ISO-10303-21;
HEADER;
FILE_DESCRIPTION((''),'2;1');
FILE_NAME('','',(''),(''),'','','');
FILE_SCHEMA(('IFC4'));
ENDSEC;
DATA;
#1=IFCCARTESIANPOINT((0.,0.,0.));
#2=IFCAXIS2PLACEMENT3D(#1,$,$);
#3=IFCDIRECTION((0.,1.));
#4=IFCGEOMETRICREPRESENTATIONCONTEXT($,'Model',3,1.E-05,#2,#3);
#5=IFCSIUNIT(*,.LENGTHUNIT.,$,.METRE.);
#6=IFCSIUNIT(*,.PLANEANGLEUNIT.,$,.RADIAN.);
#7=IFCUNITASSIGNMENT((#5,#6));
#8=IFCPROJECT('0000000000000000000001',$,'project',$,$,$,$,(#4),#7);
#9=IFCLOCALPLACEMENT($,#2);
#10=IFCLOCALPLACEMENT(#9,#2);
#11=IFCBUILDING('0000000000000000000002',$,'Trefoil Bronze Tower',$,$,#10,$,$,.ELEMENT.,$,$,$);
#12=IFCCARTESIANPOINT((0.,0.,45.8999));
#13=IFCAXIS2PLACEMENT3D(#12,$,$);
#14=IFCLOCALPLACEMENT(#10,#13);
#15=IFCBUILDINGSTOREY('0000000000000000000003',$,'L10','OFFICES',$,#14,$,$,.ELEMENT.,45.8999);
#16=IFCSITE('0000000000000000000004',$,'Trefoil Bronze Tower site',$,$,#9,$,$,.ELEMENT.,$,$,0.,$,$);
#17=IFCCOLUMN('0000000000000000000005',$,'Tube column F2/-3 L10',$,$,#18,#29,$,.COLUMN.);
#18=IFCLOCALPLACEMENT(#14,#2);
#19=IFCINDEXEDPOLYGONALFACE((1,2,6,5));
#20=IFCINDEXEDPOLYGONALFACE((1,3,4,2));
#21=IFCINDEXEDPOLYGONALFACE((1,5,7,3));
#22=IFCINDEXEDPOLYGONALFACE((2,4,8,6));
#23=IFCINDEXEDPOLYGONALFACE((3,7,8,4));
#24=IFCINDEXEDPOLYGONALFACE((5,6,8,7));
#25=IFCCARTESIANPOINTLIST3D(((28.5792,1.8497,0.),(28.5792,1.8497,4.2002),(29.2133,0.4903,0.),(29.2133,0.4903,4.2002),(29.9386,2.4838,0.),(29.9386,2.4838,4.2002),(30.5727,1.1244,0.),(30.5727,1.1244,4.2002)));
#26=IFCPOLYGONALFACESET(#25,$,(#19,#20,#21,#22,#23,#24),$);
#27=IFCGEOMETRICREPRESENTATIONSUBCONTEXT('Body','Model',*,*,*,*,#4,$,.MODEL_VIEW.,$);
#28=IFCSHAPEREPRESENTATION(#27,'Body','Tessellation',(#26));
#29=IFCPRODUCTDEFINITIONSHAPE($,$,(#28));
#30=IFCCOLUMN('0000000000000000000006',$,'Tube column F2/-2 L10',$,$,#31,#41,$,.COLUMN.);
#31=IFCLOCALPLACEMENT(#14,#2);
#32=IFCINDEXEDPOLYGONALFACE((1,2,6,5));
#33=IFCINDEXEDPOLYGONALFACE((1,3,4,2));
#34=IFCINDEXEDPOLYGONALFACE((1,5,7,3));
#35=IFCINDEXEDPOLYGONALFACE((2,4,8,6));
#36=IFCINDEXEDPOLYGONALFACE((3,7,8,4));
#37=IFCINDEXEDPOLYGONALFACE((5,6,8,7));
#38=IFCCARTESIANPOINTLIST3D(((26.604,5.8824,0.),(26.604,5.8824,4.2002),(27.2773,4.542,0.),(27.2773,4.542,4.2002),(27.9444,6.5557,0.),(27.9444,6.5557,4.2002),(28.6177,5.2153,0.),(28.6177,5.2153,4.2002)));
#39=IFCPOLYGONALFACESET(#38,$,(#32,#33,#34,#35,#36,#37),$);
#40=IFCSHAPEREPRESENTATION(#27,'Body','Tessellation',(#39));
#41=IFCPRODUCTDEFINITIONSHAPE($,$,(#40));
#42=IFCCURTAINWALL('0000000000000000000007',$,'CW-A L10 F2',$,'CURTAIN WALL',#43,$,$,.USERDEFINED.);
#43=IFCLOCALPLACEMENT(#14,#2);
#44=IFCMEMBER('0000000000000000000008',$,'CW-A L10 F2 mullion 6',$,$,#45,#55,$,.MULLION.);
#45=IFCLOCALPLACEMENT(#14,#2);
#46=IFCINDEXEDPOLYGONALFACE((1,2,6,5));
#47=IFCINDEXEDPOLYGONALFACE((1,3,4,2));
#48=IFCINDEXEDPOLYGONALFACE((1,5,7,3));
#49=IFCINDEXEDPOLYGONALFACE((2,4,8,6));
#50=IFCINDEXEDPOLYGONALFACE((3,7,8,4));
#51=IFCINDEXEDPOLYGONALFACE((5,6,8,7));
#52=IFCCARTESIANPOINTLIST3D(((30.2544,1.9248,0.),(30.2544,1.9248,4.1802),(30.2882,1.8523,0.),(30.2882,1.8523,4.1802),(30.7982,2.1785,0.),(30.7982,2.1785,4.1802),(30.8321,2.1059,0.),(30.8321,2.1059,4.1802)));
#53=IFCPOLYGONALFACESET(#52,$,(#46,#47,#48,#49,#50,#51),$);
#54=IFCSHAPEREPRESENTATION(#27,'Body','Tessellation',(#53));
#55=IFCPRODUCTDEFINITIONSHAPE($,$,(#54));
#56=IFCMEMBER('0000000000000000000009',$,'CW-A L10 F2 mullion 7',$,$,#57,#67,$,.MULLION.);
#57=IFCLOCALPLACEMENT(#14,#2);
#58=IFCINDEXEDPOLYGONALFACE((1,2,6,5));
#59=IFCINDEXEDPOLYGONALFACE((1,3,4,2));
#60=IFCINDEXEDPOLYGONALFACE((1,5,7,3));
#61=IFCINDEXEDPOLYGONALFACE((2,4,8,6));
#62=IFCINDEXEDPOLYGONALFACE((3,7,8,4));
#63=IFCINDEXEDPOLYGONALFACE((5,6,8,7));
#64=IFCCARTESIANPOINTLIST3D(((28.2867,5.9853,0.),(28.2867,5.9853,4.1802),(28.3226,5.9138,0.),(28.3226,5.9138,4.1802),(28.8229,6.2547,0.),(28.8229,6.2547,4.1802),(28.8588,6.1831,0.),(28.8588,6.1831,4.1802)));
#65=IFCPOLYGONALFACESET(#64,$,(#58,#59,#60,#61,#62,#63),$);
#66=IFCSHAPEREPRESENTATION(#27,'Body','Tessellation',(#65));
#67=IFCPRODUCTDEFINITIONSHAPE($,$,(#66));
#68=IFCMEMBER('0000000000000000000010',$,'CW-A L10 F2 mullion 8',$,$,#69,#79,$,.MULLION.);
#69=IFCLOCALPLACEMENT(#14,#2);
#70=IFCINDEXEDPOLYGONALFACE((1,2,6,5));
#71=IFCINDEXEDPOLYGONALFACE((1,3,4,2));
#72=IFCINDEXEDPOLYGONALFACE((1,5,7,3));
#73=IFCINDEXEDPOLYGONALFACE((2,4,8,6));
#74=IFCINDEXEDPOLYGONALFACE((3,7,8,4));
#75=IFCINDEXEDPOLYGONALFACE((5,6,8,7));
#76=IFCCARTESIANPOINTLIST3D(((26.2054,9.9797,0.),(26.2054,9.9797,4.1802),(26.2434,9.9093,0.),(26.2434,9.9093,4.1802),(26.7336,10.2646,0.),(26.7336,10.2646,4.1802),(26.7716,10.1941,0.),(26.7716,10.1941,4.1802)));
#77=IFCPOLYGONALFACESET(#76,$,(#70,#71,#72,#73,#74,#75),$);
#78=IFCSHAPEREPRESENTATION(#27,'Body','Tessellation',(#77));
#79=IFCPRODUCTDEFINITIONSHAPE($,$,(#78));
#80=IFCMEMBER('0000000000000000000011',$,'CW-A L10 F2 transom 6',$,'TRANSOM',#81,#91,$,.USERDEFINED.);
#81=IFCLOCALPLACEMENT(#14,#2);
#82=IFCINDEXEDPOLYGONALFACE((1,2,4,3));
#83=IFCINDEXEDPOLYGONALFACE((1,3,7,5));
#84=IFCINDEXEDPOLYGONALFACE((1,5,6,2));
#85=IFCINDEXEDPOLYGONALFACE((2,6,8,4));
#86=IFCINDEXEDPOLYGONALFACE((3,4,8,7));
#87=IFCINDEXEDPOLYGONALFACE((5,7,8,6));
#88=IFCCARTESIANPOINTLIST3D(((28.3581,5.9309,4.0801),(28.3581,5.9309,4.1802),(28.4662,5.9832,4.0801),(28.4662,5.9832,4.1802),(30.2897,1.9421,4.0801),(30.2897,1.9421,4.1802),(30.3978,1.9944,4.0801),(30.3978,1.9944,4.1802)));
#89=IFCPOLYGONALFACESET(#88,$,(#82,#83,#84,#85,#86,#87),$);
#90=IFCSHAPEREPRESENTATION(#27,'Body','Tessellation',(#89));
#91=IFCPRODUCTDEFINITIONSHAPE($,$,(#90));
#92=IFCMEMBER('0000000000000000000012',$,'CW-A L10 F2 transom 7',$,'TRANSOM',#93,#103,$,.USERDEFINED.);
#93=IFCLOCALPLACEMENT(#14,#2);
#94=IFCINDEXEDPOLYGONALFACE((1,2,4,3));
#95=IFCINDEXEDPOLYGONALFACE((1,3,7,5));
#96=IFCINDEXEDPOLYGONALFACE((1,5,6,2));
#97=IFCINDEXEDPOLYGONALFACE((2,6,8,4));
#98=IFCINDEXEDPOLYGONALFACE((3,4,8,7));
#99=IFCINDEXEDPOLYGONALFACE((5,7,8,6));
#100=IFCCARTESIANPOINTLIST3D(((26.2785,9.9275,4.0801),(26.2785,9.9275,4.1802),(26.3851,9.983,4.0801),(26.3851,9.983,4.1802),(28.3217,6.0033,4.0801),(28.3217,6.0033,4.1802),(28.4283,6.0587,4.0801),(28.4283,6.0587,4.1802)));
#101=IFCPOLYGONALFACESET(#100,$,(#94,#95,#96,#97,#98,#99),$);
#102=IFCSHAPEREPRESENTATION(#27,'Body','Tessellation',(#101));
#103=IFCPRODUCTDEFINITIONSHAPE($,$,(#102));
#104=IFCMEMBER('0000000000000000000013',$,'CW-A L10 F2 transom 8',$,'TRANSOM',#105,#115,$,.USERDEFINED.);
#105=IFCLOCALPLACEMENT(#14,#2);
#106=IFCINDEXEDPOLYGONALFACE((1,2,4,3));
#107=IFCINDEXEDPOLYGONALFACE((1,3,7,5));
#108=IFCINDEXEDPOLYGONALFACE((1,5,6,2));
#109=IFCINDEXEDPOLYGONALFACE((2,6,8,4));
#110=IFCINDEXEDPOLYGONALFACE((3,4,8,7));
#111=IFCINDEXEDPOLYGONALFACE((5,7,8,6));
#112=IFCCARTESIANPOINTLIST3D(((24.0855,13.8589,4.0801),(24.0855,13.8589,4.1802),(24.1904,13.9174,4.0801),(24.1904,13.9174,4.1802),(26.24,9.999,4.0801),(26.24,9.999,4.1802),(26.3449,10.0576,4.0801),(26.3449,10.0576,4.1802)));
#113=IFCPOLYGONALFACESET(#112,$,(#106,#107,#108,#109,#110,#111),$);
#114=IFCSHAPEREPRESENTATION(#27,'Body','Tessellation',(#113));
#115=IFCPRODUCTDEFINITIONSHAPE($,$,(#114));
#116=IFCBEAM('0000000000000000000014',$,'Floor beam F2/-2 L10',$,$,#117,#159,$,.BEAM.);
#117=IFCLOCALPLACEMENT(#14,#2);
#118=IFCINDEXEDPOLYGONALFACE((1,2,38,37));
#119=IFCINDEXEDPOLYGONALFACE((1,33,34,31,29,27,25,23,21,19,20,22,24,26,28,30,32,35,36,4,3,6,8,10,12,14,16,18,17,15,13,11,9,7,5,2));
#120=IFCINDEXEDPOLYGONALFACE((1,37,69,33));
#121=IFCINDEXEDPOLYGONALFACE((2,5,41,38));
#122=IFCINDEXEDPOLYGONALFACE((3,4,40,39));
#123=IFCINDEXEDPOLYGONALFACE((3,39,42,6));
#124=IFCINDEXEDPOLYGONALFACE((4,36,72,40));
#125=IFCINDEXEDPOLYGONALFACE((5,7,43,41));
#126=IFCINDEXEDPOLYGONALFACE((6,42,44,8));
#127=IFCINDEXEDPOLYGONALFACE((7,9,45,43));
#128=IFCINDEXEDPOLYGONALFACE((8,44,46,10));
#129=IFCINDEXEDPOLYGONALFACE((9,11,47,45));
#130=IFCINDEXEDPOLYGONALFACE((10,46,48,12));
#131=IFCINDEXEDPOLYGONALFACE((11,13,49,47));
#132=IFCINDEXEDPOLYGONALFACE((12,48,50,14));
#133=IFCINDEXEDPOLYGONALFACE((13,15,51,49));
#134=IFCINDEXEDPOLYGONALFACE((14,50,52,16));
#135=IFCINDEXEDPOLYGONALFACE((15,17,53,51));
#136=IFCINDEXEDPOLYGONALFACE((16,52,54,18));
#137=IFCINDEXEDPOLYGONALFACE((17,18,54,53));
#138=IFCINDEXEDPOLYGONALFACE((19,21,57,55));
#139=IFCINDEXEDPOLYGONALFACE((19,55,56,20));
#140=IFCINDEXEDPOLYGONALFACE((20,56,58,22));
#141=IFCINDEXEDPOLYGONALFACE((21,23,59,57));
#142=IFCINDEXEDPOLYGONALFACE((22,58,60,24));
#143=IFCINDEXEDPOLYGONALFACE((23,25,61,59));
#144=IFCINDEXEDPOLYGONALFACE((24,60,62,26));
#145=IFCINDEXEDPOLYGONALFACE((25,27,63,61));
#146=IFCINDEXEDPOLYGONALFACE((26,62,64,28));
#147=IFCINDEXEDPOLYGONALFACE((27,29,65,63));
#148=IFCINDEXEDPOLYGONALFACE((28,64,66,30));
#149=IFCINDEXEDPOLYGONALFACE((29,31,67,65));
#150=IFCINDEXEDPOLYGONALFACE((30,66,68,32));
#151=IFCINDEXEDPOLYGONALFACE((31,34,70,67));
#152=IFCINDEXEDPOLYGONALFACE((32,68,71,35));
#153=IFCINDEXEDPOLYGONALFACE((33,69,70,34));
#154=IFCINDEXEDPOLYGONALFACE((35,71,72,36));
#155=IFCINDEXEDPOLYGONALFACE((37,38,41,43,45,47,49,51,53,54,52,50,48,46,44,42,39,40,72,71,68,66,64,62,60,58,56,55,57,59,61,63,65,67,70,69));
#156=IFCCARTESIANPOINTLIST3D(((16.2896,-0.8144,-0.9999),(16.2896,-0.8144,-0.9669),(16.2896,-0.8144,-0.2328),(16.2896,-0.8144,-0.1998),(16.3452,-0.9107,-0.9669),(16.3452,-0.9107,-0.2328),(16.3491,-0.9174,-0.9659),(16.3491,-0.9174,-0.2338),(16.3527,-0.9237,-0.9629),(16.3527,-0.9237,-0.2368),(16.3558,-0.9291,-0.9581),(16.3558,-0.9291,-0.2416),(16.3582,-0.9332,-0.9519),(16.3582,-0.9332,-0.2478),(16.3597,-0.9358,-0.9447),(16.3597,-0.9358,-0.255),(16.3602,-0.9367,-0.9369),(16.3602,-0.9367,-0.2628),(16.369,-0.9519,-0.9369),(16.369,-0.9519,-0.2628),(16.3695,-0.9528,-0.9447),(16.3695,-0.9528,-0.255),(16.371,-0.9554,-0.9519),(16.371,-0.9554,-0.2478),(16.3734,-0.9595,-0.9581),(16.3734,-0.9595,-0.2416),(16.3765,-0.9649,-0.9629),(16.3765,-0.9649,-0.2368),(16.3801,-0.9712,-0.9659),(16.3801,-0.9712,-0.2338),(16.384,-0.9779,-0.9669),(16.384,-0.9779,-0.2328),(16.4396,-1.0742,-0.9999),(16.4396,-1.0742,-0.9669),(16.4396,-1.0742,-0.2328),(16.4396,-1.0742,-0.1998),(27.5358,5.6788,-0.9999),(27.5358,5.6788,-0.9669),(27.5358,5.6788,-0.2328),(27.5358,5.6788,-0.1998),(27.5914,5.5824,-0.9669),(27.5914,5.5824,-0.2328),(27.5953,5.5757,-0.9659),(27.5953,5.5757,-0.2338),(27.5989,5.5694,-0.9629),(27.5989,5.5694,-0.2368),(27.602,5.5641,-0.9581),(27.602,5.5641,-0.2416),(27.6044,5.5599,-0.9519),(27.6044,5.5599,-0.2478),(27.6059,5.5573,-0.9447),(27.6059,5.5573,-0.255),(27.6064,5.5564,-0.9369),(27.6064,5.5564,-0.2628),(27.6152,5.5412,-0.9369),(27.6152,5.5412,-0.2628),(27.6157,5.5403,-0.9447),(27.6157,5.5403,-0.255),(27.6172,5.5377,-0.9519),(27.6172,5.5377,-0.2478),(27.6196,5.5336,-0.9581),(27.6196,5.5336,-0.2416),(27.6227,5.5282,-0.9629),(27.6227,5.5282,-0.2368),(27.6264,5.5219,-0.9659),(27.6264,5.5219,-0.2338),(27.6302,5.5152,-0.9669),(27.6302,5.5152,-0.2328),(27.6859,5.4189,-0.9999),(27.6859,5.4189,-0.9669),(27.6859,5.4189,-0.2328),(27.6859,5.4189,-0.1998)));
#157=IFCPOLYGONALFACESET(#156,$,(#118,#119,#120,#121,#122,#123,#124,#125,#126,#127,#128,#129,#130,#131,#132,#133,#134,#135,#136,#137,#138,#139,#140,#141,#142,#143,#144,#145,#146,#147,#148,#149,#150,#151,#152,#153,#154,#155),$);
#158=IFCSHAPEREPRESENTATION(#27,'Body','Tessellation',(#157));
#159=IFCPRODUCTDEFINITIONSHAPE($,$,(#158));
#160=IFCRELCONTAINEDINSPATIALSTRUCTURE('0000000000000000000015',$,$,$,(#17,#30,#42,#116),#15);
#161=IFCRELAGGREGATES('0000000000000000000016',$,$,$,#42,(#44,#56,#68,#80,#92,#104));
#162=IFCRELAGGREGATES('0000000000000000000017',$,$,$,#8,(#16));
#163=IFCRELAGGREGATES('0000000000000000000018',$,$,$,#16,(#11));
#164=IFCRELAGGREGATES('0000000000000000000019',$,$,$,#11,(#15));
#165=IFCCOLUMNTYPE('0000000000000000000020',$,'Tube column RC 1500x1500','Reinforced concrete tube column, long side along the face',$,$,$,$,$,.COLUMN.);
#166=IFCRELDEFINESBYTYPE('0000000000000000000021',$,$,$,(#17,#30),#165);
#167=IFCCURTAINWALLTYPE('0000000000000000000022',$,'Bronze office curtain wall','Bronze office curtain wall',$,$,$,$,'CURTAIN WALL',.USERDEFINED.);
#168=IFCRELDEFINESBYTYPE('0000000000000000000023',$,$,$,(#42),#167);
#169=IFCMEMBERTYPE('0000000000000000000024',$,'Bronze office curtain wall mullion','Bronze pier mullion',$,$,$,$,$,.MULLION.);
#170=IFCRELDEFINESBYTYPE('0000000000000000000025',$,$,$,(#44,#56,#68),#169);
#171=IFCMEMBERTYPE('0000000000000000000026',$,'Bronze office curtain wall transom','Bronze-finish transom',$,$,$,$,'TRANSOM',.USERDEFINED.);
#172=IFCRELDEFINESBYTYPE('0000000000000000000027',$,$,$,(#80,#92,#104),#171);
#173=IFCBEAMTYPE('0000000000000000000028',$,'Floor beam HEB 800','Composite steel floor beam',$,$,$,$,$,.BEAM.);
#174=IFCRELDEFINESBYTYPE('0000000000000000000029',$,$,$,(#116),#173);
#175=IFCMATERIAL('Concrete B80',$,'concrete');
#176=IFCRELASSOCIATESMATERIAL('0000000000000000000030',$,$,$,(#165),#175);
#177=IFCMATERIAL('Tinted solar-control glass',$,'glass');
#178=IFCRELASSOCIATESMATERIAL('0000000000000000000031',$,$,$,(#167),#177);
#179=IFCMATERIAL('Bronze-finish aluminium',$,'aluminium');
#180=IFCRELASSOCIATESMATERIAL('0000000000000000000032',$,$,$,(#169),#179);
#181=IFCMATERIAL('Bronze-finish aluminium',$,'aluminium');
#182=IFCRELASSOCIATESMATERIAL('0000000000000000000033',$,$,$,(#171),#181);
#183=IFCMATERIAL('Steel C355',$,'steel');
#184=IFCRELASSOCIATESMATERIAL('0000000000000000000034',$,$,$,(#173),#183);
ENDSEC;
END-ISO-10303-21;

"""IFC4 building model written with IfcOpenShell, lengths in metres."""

from ifc_helpers import new_model, si_unit, direction, frame, origin, origin_2d, place, context, subcontext, project, spatial, rectangle, i_section, extrude, material, material_profile, profile_set, type_object, element, aggregate, save


model = new_model("IFC4")

# Units and contexts
model_context = context("Model", 3, precision=1e-05, world=origin(), true_north=direction((0.0, 1.0)))
body_context = subcontext(model_context, "Body", "Model", "MODEL_VIEW")
ifc_project = project(units=[si_unit("LENGTHUNIT", "METRE"), si_unit("PLANEANGLEUNIT", "RADIAN")], contexts=[model_context])

# Site, building, storey
site_placement = place(None, origin())
site = spatial("IfcSite", under=ifc_project, at=site_placement, Name="Trefoil Bronze Tower site", CompositionType="ELEMENT", RefElevation=0.0)
building_placement = place(site_placement, origin())
building = spatial("IfcBuilding", under=site, at=building_placement, Name="Trefoil Bronze Tower", CompositionType="ELEMENT")
storey_placement = place(building_placement, frame((0.0, 0.0, 45.8999)))
storey = spatial("IfcBuildingStorey", under=building, at=storey_placement, Name="L10", Description="OFFICES", CompositionType="ELEMENT", Elevation=45.8999)

# Columns
ifc_material_1 = material(Name="Concrete B80", Category="concrete")
ifc_material_profile_1 = material_profile(ifc_material_1, rectangle(XDim=1.5, YDim=1.5, at=origin_2d()), Name="RC 1500x1500")
ifc_profile_set_1 = profile_set([ifc_material_profile_1], Name="Concrete B80")
column_type = type_object("IfcColumnType", Name="Tube column RC 1500x1500", Description="Reinforced concrete tube column, long side along the face", PredefinedType="COLUMN", material=ifc_profile_set_1)
for number, where, z_axis, x_axis, name in (
    (1, (29.5759, 1.4871, 0.0), (0.0, 0.0, 1.0), (-0.422701, 0.906269, 0.0), "Tube column F2/-3 L10"),
    (2, (27.6108, 5.5488, 0.0), (0.0, 0.0, 1.0), (-0.44889, 0.893587, 0.0), "Tube column F2/-2 L10"),
):
    element("IfcColumn", number, at=place(storey_placement, frame(where, z_axis=z_axis, x_axis=x_axis)), inside=storey, type_object=column_type, Name=name, PredefinedType="COLUMN", context=body_context, shape_type="SweptSolid", body=[
        extrude(rectangle(XDim=1.5, YDim=1.5, at=origin_2d()), origin(), (0.0, 0.0, 1.0), 4.2002),
    ])

# Curtain wall, members
ifc_material_2 = material(Name="Tinted solar-control glass", Category="glass")
curtain_wall_type = type_object("IfcCurtainWallType", Name="Bronze office curtain wall", Description="Bronze office curtain wall", ElementType="CURTAIN WALL", PredefinedType="USERDEFINED", material=ifc_material_2)
curtain_wall_placement = place(storey_placement, origin())
curtain_wall = element("IfcCurtainWall", 3, at=curtain_wall_placement, inside=storey, type_object=curtain_wall_type, Name="CW-A L10 F2", ObjectType="CURTAIN WALL", PredefinedType="USERDEFINED")
ifc_material_3 = material(Name="Bronze-finish aluminium", Category="aluminium")
ifc_material_profile_2 = material_profile(ifc_material_3, rectangle(XDim=0.6001, YDim=0.0801, at=origin_2d()), Name="CW-A mullion")
ifc_profile_set_2 = profile_set([ifc_material_profile_2], Name="Bronze-finish aluminium")
member_type_1 = type_object("IfcMemberType", Name="Bronze office curtain wall mullion", Description="Bronze pier mullion", PredefinedType="MULLION", material=ifc_profile_set_2)
member_1_placement = place(storey_placement, frame((30.5432, 2.0154, 0.0), z_axis=(0.0, 0.0, 1.0), x_axis=(-0.906269, -0.422701, 0.0)))
member_1 = element("IfcMember", 4, at=member_1_placement, type_object=member_type_1, Name="CW-A L10 F2 mullion 6", PredefinedType="MULLION", context=body_context, shape_type="SweptSolid", body=[
    extrude(rectangle(XDim=0.6001, YDim=0.0801, at=origin_2d()), origin(), (0.0, 0.0, 1.0), 4.1802),
])
member_2_placement = place(storey_placement, frame((28.5728, 6.0842, 0.0), z_axis=(0.0, 0.0, 1.0), x_axis=(-0.893587, -0.44889, 0.0)))
member_2 = element("IfcMember", 5, at=member_2_placement, type_object=member_type_1, Name="CW-A L10 F2 mullion 7", PredefinedType="MULLION", context=body_context, shape_type="SweptSolid", body=[
    extrude(rectangle(XDim=0.6001, YDim=0.0801, at=origin_2d()), origin(), (0.0, 0.0, 1.0), 4.1802),
])
member_3_placement = place(storey_placement, frame((26.4885, 10.0869, 0.0), z_axis=(0.0, 0.0, 1.0), x_axis=(-0.880171, -0.474656, 0.0)))
member_3 = element("IfcMember", 6, at=member_3_placement, type_object=member_type_1, Name="CW-A L10 F2 mullion 8", PredefinedType="MULLION", context=body_context, shape_type="SweptSolid", body=[
    extrude(rectangle(XDim=0.6001, YDim=0.0801, at=origin_2d()), origin(), (0.0, 0.0, 1.0), 4.1802),
])
ifc_material_4 = material(Name="Bronze-finish aluminium", Category="aluminium")
ifc_material_profile_3 = material_profile(ifc_material_4, rectangle(XDim=0.1201, YDim=0.1001, at=origin_2d()), Name="CW-A transom")
ifc_profile_set_3 = profile_set([ifc_material_profile_3], Name="Bronze-finish aluminium")
member_type_2 = type_object("IfcMemberType", Name="Bronze office curtain wall transom", Description="Bronze-finish transom", ElementType="TRANSOM", PredefinedType="USERDEFINED", material=ifc_profile_set_3)
member_4_placement = place(storey_placement, frame((30.3438, 1.9683, 4.1301), z_axis=(-0.435852, 0.900018, 0.0), x_axis=(-0.900018, -0.435852, 0.0)))
member_4 = element("IfcMember", 7, at=member_4_placement, type_object=member_type_2, Name="CW-A L10 F2 transom 6", ObjectType="TRANSOM", PredefinedType="USERDEFINED", context=body_context, shape_type="SweptSolid", body=[
    extrude(rectangle(XDim=0.1201, YDim=0.1001, at=origin_2d()), origin(), (0.0, 0.0, 1.0), 4.4319),
])
member_5_placement = place(storey_placement, frame((28.375, 6.031, 4.1301), z_axis=(-0.46181, 0.886979, 0.0), x_axis=(-0.886979, -0.46181, 0.0)))
member_5 = element("IfcMember", 8, at=member_5_placement, type_object=member_type_2, Name="CW-A L10 F2 transom 7", ObjectType="TRANSOM", PredefinedType="USERDEFINED", context=body_context, shape_type="SweptSolid", body=[
    extrude(rectangle(XDim=0.1201, YDim=0.1001, at=origin_2d()), origin(), (0.0, 0.0, 1.0), 4.4243),
])
member_6_placement = place(storey_placement, frame((26.2925, 10.0283, 4.1301), z_axis=(-0.4874, 0.873179, 0.0), x_axis=(-0.873179, -0.4874, 0.0)))
member_6 = element("IfcMember", 9, at=member_6_placement, type_object=member_type_2, Name="CW-A L10 F2 transom 8", ObjectType="TRANSOM", PredefinedType="USERDEFINED", context=body_context, shape_type="SweptSolid", body=[
    extrude(rectangle(XDim=0.1201, YDim=0.1001, at=origin_2d()), origin(), (0.0, 0.0, 1.0), 4.4204),
])

# Beam
ifc_material_5 = material(Name="Steel C355", Category="steel")
ifc_material_profile_4 = material_profile(ifc_material_5, i_section(OverallWidth=0.3, OverallDepth=0.8, WebThickness=0.0176, FlangeThickness=0.033, FilletRadius=0.03, at=origin_2d()), Name="HEB 800")
ifc_profile_set_4 = profile_set([ifc_material_profile_4], Name="Steel C355")
beam_type_1 = type_object("IfcBeamType", Name="Floor beam HEB 800", Description="Composite steel floor beam", PredefinedType="BEAM", material=ifc_profile_set_4)
beam_1_placement = place(storey_placement, frame((27.6108, 5.5488, -0.5999), z_axis=(-0.866022, -0.500005, 0.0), x_axis=(0.500005, -0.866022, 0.0)))
element("IfcBeam", 10, at=beam_1_placement, inside=storey, type_object=beam_type_1, Name="Floor beam F2/-2 L10", PredefinedType="BEAM", context=body_context, shape_type="SweptSolid", body=[
    extrude(i_section(OverallWidth=0.3, OverallDepth=0.8, WebThickness=0.0176, FlangeThickness=0.033, FilletRadius=0.03, at=origin_2d()), origin(), (0.0, 0.0, 1.0), 12.9861),
])

aggregate(curtain_wall, [member_1, member_2, member_3, member_4, member_5, member_6])

save(model, "model.ifc")
